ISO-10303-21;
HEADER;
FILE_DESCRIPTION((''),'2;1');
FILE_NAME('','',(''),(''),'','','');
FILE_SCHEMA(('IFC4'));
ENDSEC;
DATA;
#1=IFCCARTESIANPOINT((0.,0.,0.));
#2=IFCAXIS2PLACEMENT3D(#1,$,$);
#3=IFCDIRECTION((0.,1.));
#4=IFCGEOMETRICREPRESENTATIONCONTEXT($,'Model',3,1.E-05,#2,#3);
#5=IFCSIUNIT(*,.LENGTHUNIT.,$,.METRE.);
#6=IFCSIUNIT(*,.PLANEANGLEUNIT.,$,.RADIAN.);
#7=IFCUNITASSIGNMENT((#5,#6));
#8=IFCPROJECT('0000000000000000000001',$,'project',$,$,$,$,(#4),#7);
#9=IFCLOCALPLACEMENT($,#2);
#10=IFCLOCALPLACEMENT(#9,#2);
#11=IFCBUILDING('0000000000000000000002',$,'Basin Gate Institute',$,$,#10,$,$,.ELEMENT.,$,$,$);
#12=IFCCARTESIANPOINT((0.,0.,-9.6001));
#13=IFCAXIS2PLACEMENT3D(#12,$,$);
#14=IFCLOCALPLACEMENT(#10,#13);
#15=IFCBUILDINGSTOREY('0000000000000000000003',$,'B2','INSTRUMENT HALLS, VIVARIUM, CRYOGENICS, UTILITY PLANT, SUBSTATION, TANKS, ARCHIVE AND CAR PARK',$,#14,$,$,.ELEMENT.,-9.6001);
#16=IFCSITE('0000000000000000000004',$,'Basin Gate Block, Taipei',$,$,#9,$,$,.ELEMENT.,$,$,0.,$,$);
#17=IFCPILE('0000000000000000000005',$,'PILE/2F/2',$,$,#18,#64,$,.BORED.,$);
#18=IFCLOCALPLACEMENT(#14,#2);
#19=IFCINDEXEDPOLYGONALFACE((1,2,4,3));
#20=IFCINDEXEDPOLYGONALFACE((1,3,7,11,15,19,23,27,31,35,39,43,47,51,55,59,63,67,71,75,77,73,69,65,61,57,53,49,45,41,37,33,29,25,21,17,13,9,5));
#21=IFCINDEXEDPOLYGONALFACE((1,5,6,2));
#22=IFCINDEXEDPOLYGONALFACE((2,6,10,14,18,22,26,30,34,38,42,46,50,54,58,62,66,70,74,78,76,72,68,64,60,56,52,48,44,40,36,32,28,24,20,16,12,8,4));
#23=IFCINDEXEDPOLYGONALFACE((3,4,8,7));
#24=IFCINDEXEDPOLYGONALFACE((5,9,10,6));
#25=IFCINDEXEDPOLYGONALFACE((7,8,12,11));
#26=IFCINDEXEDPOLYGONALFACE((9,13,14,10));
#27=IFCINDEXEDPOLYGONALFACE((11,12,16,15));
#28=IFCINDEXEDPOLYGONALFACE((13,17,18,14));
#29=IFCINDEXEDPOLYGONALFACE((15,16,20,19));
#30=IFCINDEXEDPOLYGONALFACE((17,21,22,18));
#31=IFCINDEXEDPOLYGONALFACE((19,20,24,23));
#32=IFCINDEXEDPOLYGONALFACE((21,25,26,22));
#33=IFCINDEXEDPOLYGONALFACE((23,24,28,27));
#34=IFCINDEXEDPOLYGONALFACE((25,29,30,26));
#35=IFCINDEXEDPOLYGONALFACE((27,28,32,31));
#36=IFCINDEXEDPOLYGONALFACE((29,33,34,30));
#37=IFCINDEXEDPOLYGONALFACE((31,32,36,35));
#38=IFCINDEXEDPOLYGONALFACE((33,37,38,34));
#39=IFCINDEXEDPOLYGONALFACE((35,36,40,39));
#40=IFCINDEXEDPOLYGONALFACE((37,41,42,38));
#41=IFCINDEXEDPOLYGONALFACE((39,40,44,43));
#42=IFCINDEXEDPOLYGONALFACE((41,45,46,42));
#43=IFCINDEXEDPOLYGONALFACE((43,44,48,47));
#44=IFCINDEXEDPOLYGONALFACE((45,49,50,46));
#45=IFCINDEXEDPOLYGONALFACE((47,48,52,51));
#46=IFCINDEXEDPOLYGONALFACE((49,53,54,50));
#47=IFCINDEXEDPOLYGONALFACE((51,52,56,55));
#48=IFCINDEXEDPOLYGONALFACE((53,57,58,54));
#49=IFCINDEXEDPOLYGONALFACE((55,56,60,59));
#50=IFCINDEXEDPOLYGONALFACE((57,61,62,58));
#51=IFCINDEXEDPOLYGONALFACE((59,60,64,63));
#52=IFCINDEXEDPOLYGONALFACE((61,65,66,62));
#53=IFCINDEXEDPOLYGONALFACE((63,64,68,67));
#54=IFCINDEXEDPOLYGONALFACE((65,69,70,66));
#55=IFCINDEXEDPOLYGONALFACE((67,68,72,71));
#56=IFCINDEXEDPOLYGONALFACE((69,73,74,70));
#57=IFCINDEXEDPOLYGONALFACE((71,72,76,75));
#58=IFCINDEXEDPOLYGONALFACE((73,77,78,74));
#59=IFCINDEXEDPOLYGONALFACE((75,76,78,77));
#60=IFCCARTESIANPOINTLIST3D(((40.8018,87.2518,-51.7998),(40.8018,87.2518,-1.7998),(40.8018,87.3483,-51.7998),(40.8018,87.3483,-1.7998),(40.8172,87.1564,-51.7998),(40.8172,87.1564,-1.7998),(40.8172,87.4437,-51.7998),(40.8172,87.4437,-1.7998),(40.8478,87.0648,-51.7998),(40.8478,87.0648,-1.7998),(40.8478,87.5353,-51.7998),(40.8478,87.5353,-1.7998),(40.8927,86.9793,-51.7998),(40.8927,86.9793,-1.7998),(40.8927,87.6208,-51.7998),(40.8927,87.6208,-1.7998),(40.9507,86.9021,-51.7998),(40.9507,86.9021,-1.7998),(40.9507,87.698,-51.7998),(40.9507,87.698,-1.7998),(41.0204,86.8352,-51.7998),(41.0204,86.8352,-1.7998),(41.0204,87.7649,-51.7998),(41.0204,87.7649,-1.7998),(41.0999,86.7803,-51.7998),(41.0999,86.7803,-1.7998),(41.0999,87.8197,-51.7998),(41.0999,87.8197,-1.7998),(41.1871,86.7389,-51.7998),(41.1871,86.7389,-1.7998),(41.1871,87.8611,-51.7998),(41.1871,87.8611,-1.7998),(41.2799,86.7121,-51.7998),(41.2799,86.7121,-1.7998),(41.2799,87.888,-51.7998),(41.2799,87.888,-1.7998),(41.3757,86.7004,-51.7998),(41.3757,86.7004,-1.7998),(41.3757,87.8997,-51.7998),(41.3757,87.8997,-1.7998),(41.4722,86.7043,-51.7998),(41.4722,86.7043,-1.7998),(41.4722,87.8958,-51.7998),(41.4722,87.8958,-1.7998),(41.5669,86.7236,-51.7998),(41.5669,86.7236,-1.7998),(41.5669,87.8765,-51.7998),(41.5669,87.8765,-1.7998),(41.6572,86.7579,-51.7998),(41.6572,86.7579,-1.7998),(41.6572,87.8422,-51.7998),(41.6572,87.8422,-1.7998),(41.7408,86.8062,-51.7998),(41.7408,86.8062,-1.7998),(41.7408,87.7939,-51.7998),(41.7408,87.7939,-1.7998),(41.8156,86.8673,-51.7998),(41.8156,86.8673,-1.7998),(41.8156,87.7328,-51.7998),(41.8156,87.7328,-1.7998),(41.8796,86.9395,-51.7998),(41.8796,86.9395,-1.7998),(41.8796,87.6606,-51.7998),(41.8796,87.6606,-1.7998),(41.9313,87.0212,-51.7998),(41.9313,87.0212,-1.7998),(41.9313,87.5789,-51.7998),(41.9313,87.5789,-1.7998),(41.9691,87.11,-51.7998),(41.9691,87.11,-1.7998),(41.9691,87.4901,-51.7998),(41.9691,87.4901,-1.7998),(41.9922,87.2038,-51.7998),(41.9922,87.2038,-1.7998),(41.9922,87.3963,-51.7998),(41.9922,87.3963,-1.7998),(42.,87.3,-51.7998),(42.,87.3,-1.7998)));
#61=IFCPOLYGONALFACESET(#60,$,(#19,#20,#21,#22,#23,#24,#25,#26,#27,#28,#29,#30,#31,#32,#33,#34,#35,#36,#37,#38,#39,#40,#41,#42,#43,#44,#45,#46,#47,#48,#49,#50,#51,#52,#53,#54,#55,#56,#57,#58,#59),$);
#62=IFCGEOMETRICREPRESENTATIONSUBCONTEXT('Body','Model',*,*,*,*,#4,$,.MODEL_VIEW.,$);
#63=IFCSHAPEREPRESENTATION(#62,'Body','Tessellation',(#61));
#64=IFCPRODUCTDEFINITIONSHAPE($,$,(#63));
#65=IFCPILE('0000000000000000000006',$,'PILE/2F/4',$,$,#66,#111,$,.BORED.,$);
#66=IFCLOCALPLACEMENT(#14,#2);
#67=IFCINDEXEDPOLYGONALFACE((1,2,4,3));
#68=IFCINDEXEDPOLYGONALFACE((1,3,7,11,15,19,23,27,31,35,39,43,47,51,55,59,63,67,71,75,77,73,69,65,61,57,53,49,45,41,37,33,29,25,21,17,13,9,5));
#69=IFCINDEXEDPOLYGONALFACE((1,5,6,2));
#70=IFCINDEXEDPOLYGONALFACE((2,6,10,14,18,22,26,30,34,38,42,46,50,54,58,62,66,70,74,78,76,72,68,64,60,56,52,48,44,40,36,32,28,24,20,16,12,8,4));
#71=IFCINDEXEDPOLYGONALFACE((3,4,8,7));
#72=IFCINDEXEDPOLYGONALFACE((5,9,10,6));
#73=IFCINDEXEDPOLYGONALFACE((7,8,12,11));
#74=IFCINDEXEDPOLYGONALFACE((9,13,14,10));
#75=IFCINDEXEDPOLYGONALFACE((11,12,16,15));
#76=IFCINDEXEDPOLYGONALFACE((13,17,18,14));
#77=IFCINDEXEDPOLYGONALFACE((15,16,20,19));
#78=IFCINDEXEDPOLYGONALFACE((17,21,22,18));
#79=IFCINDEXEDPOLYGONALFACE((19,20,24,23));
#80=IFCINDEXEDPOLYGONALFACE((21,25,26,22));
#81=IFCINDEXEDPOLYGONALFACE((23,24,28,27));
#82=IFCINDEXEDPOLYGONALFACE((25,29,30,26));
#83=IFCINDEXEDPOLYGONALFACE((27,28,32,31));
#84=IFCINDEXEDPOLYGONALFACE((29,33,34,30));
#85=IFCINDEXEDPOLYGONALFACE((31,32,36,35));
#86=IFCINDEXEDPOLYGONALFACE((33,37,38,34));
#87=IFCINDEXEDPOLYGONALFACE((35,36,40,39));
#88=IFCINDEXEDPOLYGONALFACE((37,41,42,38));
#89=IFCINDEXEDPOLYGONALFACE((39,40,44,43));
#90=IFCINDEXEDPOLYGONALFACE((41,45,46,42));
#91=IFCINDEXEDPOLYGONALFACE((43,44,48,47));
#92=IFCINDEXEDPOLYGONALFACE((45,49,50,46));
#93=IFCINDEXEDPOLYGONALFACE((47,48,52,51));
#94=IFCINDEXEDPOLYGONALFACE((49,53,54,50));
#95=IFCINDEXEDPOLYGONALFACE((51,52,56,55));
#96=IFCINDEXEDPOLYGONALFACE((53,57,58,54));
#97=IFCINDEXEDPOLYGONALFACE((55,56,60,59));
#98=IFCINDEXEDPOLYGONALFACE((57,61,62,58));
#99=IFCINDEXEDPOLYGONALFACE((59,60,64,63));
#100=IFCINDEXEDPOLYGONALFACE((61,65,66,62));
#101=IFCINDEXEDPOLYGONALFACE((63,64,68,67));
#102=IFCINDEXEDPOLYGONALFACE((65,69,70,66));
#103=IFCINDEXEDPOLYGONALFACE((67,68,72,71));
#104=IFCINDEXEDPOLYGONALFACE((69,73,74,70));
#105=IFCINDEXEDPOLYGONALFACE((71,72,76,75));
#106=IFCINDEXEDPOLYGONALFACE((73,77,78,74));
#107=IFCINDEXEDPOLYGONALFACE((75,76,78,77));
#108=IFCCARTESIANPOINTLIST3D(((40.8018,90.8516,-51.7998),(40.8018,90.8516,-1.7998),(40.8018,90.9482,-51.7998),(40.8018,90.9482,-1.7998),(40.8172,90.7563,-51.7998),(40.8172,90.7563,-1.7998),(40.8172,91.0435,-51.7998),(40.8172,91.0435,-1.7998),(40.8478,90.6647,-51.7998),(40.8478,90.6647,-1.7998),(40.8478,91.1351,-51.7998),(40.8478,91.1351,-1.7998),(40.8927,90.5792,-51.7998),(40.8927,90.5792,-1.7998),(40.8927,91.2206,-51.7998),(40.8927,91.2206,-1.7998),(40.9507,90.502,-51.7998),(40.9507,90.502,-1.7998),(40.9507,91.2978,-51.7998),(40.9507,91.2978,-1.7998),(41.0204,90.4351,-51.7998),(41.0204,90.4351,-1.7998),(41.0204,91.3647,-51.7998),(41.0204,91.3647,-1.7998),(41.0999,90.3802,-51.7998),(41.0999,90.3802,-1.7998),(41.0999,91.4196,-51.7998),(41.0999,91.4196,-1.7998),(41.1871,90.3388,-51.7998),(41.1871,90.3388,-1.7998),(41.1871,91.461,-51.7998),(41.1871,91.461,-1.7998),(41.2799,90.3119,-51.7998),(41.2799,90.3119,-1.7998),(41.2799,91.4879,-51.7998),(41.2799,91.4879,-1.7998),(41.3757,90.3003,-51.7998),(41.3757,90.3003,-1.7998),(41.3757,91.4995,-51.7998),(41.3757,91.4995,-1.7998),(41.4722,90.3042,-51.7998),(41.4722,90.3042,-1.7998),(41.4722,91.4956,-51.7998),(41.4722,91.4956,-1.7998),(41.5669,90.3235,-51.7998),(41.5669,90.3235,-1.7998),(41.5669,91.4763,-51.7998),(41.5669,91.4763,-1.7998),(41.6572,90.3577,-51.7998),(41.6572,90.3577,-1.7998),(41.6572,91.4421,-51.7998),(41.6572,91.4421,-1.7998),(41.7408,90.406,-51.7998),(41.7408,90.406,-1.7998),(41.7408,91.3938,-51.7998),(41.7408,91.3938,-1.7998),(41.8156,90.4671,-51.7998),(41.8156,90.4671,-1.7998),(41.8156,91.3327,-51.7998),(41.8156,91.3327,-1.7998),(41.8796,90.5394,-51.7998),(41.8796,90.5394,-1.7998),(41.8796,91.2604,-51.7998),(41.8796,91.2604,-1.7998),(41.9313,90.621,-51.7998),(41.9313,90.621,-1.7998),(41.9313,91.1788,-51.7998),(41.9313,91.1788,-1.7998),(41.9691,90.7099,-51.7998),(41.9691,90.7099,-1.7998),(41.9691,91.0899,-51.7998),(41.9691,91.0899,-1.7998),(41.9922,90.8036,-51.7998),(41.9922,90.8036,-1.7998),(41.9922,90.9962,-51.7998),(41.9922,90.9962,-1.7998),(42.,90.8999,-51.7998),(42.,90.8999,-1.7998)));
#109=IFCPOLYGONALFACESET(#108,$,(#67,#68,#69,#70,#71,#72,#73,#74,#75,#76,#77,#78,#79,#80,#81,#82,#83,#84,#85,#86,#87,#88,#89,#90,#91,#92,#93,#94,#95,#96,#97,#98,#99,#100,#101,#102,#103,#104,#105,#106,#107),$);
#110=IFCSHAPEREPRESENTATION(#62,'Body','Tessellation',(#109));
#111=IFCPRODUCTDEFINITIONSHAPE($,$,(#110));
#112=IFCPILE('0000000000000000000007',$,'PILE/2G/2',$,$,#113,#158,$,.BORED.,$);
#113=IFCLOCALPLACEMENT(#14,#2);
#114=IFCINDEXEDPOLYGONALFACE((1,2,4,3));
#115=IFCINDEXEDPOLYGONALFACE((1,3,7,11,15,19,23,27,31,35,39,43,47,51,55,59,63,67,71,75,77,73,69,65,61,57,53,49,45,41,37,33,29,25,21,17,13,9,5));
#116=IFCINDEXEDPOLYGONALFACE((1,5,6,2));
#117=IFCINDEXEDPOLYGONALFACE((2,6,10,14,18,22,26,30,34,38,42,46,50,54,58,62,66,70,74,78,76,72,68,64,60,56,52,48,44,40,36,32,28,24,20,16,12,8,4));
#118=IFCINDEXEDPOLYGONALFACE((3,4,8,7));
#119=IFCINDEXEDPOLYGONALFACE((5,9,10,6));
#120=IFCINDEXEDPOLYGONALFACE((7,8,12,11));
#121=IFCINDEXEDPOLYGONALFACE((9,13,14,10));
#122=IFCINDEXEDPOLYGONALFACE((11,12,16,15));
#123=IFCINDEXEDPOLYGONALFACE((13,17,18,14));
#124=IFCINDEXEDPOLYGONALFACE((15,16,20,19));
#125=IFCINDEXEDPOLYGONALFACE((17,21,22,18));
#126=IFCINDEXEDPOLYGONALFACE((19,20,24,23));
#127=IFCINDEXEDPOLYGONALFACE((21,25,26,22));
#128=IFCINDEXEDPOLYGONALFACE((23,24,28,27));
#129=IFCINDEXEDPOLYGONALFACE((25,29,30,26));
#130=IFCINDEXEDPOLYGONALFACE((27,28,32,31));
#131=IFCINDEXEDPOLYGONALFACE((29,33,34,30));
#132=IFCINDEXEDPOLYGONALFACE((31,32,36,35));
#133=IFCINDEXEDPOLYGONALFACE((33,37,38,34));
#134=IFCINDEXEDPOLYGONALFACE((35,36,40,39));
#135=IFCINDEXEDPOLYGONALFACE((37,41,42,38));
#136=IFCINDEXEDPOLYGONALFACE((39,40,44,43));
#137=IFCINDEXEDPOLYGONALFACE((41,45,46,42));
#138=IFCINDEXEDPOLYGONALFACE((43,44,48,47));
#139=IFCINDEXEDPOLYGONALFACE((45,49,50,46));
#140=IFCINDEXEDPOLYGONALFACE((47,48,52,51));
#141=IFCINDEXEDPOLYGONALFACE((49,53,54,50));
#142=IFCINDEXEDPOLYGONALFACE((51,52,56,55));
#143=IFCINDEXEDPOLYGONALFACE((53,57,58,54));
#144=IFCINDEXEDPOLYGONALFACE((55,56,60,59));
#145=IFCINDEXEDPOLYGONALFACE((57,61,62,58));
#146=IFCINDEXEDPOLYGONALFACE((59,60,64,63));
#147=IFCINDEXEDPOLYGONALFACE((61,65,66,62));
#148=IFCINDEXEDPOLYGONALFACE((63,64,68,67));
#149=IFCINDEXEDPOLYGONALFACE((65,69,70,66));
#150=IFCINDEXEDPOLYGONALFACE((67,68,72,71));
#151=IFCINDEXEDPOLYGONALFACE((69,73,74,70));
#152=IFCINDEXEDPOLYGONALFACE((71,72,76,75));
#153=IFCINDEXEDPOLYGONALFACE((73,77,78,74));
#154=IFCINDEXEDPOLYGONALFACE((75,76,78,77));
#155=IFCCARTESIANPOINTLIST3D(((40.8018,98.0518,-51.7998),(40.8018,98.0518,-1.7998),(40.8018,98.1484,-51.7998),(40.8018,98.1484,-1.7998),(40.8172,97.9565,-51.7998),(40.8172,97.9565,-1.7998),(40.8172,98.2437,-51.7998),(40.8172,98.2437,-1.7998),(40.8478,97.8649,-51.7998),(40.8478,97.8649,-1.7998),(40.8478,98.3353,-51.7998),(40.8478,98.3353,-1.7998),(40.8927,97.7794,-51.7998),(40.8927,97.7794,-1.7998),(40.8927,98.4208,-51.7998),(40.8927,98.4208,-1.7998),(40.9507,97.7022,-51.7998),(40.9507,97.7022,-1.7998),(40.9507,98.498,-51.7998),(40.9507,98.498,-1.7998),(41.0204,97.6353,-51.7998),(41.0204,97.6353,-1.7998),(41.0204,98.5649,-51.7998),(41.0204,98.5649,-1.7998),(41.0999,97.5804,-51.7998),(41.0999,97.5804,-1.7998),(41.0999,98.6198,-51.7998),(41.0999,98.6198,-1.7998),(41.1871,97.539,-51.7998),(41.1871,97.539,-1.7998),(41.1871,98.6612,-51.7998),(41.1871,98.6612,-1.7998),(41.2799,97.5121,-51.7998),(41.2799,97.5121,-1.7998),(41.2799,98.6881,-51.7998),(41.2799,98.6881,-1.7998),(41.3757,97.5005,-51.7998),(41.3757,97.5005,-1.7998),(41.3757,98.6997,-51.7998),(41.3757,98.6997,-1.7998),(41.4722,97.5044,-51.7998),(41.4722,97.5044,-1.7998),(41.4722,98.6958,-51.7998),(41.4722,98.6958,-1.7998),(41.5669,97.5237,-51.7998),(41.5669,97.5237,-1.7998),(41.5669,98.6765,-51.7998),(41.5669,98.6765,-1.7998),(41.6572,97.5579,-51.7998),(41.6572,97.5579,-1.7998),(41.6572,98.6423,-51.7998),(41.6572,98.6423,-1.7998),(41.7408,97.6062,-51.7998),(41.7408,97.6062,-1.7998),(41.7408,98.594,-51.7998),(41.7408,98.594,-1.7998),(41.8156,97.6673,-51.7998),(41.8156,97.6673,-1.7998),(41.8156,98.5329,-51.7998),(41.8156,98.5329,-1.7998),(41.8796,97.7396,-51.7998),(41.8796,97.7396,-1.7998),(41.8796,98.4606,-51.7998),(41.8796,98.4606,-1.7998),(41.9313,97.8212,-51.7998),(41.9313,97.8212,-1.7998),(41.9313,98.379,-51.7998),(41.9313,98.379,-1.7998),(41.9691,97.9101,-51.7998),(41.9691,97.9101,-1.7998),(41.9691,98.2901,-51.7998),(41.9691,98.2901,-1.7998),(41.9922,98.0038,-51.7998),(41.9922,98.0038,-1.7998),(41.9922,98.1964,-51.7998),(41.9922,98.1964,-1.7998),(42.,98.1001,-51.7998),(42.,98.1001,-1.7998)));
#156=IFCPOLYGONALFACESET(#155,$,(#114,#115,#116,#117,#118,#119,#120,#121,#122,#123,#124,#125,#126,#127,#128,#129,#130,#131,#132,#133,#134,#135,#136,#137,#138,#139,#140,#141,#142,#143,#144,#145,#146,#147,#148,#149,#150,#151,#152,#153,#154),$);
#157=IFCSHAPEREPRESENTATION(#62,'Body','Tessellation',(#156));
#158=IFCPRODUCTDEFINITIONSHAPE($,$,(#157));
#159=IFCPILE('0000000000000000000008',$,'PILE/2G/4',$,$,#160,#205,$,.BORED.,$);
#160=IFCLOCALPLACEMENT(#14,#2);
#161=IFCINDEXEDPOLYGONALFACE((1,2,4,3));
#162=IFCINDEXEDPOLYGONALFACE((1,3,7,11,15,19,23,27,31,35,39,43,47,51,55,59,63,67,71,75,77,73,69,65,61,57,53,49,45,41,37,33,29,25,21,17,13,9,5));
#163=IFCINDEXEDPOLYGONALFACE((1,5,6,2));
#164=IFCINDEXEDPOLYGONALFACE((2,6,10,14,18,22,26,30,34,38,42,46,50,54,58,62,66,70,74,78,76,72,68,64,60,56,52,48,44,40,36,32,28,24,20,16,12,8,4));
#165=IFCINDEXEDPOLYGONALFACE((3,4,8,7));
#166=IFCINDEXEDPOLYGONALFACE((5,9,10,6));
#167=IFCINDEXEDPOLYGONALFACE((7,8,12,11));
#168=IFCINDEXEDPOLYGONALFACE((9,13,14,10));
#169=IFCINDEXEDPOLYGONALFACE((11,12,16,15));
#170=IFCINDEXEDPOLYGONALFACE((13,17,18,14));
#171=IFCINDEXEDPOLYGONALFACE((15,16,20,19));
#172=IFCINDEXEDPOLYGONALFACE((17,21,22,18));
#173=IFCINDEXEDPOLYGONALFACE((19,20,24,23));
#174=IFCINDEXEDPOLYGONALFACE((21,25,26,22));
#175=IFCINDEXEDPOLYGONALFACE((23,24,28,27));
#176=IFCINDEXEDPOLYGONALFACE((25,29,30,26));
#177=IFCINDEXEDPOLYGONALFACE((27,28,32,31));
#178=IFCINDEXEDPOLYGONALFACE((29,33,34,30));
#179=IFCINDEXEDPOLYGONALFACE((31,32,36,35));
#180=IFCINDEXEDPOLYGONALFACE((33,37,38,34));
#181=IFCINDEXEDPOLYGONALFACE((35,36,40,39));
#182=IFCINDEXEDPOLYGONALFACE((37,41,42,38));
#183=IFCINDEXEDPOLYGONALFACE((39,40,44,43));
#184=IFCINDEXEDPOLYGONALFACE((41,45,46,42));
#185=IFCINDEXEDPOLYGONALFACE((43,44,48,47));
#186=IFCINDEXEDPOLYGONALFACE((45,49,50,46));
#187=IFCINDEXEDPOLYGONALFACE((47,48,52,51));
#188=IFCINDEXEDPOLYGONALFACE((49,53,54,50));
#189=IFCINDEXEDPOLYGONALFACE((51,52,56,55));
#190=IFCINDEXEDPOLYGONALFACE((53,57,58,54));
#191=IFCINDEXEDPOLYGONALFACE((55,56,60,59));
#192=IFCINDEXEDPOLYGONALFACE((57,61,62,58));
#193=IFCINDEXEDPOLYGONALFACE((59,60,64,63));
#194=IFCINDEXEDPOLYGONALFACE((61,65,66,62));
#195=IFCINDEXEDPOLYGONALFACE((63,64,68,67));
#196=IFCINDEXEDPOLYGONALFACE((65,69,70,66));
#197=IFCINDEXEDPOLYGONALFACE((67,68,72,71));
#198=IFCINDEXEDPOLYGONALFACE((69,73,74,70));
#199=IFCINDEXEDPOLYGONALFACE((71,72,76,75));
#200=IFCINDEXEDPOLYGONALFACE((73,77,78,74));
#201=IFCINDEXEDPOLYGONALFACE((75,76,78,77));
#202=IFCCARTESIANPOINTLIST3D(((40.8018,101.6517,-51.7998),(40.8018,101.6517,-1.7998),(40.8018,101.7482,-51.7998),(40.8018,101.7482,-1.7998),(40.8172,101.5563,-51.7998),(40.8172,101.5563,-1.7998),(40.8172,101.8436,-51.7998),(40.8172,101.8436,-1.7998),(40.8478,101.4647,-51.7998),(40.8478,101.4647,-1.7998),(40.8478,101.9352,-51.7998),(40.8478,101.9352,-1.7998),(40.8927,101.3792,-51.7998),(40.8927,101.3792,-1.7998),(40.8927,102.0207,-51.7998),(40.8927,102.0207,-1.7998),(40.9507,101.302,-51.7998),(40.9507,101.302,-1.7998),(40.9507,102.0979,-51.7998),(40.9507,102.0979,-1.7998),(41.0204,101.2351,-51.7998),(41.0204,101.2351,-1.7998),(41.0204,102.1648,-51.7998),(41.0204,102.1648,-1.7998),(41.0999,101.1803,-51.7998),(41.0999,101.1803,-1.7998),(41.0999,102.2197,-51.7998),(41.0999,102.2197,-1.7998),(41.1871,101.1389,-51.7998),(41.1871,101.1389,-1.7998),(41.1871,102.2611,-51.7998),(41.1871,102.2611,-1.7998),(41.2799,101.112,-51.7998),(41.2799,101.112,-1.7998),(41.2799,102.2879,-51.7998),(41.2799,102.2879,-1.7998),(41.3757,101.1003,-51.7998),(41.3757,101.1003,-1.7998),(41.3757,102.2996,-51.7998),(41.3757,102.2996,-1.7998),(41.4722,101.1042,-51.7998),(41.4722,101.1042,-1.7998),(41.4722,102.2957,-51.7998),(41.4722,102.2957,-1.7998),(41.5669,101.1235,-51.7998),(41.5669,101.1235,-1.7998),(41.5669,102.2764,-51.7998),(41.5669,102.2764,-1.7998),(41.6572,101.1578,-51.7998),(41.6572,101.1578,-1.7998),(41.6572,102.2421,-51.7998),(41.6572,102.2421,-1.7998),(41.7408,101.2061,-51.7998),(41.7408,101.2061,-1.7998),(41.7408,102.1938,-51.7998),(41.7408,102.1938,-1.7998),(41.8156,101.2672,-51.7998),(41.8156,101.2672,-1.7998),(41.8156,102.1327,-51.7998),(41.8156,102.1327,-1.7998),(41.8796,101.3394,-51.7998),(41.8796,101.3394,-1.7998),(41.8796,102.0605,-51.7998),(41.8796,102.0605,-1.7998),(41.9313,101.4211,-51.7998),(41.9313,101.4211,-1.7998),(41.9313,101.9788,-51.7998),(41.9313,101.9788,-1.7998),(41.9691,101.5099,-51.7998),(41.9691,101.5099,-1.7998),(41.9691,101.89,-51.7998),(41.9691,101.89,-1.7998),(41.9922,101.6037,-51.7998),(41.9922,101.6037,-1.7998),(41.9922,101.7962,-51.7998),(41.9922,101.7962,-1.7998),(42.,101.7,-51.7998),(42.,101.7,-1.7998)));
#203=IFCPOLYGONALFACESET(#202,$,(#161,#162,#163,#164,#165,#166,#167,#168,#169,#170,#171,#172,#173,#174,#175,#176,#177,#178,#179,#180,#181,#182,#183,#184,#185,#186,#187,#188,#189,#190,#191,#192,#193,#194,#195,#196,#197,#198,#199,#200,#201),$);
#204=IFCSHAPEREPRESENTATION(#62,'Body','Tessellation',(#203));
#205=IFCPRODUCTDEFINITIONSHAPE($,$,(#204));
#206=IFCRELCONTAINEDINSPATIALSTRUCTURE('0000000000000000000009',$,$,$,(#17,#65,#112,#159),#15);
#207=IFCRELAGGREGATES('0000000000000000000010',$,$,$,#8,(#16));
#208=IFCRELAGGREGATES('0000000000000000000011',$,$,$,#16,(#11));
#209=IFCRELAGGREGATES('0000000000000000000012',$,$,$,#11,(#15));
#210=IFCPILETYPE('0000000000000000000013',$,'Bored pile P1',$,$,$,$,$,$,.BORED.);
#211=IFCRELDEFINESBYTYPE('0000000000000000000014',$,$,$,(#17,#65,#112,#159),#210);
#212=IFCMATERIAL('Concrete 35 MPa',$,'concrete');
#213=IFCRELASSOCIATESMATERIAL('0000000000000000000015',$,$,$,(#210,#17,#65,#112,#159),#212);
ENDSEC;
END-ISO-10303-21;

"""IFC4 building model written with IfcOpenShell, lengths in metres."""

from ifc_helpers import new_model, si_unit, direction, frame, origin, origin_2d, place, context, subcontext, project, spatial, circle, extrude, material, material_profile, profile_set, type_object, element, save


model = new_model("IFC4")

# Units and contexts
model_context = context("Model", 3, precision=1e-05, world=origin(), true_north=direction((0.0, 1.0)))
body_context = subcontext(model_context, "Body", "Model", "MODEL_VIEW")
ifc_project = project(units=[si_unit("LENGTHUNIT", "METRE"), si_unit("PLANEANGLEUNIT", "RADIAN")], contexts=[model_context])

# Site, building, storey
site_placement = place(None, origin())
site = spatial("IfcSite", under=ifc_project, at=site_placement, Name="Basin Gate Block, Taipei", CompositionType="ELEMENT", RefElevation=0.0)
building_placement = place(site_placement, origin())
building = spatial("IfcBuilding", under=site, at=building_placement, Name="Basin Gate Institute", CompositionType="ELEMENT")
storey_placement = place(building_placement, frame((0.0, 0.0, -9.6001)))
storey = spatial("IfcBuildingStorey", under=building, at=storey_placement, Name="B2", Description="INSTRUMENT HALLS, VIVARIUM, CRYOGENICS, UTILITY PLANT, SUBSTATION, TANKS, ARCHIVE AND CAR PARK", CompositionType="ELEMENT", Elevation=-9.6001)

# Piles
ifc_material_1 = material(Name="Concrete 35 MPa", Category="concrete")
ifc_material_profile_1 = material_profile(ifc_material_1, circle(Radius=0.6001, at=origin_2d()), Name="Bored pile P1 1200 dia")
ifc_profile_set_1 = profile_set([ifc_material_profile_1], Name="Concrete 35 MPa")
pile_type = type_object("IfcPileType", Name="Bored pile P1", PredefinedType="BORED", material=ifc_profile_set_1)
for number, where, z_axis, x_axis, name in (
    (1, (41.3999, 87.3, -1.7998), (0.0, 0.0, -1.0), (1.0, 0.0, 0.0), "PILE/2F/2"),
    (2, (41.3999, 90.8999, -1.7998), (0.0, 0.0, -1.0), (1.0, 0.0, 0.0), "PILE/2F/4"),
    (3, (41.3999, 98.1001, -1.7998), (0.0, 0.0, -1.0), (1.0, 0.0, 0.0), "PILE/2G/2"),
    (4, (41.3999, 101.7, -1.7998), (0.0, 0.0, -1.0), (1.0, 0.0, 0.0), "PILE/2G/4"),
):
    element("IfcPile", number, at=place(storey_placement, frame(where, z_axis=z_axis, x_axis=x_axis)), inside=storey, type_object=pile_type, material=ifc_profile_set_1, Name=name, PredefinedType="BORED", context=body_context, shape_type="SweptSolid", body=[
        extrude(circle(Radius=0.6001, at=origin_2d()), origin(), (0.0, 0.0, 1.0), 50.0),
    ])

save(model, "model.ifc")
